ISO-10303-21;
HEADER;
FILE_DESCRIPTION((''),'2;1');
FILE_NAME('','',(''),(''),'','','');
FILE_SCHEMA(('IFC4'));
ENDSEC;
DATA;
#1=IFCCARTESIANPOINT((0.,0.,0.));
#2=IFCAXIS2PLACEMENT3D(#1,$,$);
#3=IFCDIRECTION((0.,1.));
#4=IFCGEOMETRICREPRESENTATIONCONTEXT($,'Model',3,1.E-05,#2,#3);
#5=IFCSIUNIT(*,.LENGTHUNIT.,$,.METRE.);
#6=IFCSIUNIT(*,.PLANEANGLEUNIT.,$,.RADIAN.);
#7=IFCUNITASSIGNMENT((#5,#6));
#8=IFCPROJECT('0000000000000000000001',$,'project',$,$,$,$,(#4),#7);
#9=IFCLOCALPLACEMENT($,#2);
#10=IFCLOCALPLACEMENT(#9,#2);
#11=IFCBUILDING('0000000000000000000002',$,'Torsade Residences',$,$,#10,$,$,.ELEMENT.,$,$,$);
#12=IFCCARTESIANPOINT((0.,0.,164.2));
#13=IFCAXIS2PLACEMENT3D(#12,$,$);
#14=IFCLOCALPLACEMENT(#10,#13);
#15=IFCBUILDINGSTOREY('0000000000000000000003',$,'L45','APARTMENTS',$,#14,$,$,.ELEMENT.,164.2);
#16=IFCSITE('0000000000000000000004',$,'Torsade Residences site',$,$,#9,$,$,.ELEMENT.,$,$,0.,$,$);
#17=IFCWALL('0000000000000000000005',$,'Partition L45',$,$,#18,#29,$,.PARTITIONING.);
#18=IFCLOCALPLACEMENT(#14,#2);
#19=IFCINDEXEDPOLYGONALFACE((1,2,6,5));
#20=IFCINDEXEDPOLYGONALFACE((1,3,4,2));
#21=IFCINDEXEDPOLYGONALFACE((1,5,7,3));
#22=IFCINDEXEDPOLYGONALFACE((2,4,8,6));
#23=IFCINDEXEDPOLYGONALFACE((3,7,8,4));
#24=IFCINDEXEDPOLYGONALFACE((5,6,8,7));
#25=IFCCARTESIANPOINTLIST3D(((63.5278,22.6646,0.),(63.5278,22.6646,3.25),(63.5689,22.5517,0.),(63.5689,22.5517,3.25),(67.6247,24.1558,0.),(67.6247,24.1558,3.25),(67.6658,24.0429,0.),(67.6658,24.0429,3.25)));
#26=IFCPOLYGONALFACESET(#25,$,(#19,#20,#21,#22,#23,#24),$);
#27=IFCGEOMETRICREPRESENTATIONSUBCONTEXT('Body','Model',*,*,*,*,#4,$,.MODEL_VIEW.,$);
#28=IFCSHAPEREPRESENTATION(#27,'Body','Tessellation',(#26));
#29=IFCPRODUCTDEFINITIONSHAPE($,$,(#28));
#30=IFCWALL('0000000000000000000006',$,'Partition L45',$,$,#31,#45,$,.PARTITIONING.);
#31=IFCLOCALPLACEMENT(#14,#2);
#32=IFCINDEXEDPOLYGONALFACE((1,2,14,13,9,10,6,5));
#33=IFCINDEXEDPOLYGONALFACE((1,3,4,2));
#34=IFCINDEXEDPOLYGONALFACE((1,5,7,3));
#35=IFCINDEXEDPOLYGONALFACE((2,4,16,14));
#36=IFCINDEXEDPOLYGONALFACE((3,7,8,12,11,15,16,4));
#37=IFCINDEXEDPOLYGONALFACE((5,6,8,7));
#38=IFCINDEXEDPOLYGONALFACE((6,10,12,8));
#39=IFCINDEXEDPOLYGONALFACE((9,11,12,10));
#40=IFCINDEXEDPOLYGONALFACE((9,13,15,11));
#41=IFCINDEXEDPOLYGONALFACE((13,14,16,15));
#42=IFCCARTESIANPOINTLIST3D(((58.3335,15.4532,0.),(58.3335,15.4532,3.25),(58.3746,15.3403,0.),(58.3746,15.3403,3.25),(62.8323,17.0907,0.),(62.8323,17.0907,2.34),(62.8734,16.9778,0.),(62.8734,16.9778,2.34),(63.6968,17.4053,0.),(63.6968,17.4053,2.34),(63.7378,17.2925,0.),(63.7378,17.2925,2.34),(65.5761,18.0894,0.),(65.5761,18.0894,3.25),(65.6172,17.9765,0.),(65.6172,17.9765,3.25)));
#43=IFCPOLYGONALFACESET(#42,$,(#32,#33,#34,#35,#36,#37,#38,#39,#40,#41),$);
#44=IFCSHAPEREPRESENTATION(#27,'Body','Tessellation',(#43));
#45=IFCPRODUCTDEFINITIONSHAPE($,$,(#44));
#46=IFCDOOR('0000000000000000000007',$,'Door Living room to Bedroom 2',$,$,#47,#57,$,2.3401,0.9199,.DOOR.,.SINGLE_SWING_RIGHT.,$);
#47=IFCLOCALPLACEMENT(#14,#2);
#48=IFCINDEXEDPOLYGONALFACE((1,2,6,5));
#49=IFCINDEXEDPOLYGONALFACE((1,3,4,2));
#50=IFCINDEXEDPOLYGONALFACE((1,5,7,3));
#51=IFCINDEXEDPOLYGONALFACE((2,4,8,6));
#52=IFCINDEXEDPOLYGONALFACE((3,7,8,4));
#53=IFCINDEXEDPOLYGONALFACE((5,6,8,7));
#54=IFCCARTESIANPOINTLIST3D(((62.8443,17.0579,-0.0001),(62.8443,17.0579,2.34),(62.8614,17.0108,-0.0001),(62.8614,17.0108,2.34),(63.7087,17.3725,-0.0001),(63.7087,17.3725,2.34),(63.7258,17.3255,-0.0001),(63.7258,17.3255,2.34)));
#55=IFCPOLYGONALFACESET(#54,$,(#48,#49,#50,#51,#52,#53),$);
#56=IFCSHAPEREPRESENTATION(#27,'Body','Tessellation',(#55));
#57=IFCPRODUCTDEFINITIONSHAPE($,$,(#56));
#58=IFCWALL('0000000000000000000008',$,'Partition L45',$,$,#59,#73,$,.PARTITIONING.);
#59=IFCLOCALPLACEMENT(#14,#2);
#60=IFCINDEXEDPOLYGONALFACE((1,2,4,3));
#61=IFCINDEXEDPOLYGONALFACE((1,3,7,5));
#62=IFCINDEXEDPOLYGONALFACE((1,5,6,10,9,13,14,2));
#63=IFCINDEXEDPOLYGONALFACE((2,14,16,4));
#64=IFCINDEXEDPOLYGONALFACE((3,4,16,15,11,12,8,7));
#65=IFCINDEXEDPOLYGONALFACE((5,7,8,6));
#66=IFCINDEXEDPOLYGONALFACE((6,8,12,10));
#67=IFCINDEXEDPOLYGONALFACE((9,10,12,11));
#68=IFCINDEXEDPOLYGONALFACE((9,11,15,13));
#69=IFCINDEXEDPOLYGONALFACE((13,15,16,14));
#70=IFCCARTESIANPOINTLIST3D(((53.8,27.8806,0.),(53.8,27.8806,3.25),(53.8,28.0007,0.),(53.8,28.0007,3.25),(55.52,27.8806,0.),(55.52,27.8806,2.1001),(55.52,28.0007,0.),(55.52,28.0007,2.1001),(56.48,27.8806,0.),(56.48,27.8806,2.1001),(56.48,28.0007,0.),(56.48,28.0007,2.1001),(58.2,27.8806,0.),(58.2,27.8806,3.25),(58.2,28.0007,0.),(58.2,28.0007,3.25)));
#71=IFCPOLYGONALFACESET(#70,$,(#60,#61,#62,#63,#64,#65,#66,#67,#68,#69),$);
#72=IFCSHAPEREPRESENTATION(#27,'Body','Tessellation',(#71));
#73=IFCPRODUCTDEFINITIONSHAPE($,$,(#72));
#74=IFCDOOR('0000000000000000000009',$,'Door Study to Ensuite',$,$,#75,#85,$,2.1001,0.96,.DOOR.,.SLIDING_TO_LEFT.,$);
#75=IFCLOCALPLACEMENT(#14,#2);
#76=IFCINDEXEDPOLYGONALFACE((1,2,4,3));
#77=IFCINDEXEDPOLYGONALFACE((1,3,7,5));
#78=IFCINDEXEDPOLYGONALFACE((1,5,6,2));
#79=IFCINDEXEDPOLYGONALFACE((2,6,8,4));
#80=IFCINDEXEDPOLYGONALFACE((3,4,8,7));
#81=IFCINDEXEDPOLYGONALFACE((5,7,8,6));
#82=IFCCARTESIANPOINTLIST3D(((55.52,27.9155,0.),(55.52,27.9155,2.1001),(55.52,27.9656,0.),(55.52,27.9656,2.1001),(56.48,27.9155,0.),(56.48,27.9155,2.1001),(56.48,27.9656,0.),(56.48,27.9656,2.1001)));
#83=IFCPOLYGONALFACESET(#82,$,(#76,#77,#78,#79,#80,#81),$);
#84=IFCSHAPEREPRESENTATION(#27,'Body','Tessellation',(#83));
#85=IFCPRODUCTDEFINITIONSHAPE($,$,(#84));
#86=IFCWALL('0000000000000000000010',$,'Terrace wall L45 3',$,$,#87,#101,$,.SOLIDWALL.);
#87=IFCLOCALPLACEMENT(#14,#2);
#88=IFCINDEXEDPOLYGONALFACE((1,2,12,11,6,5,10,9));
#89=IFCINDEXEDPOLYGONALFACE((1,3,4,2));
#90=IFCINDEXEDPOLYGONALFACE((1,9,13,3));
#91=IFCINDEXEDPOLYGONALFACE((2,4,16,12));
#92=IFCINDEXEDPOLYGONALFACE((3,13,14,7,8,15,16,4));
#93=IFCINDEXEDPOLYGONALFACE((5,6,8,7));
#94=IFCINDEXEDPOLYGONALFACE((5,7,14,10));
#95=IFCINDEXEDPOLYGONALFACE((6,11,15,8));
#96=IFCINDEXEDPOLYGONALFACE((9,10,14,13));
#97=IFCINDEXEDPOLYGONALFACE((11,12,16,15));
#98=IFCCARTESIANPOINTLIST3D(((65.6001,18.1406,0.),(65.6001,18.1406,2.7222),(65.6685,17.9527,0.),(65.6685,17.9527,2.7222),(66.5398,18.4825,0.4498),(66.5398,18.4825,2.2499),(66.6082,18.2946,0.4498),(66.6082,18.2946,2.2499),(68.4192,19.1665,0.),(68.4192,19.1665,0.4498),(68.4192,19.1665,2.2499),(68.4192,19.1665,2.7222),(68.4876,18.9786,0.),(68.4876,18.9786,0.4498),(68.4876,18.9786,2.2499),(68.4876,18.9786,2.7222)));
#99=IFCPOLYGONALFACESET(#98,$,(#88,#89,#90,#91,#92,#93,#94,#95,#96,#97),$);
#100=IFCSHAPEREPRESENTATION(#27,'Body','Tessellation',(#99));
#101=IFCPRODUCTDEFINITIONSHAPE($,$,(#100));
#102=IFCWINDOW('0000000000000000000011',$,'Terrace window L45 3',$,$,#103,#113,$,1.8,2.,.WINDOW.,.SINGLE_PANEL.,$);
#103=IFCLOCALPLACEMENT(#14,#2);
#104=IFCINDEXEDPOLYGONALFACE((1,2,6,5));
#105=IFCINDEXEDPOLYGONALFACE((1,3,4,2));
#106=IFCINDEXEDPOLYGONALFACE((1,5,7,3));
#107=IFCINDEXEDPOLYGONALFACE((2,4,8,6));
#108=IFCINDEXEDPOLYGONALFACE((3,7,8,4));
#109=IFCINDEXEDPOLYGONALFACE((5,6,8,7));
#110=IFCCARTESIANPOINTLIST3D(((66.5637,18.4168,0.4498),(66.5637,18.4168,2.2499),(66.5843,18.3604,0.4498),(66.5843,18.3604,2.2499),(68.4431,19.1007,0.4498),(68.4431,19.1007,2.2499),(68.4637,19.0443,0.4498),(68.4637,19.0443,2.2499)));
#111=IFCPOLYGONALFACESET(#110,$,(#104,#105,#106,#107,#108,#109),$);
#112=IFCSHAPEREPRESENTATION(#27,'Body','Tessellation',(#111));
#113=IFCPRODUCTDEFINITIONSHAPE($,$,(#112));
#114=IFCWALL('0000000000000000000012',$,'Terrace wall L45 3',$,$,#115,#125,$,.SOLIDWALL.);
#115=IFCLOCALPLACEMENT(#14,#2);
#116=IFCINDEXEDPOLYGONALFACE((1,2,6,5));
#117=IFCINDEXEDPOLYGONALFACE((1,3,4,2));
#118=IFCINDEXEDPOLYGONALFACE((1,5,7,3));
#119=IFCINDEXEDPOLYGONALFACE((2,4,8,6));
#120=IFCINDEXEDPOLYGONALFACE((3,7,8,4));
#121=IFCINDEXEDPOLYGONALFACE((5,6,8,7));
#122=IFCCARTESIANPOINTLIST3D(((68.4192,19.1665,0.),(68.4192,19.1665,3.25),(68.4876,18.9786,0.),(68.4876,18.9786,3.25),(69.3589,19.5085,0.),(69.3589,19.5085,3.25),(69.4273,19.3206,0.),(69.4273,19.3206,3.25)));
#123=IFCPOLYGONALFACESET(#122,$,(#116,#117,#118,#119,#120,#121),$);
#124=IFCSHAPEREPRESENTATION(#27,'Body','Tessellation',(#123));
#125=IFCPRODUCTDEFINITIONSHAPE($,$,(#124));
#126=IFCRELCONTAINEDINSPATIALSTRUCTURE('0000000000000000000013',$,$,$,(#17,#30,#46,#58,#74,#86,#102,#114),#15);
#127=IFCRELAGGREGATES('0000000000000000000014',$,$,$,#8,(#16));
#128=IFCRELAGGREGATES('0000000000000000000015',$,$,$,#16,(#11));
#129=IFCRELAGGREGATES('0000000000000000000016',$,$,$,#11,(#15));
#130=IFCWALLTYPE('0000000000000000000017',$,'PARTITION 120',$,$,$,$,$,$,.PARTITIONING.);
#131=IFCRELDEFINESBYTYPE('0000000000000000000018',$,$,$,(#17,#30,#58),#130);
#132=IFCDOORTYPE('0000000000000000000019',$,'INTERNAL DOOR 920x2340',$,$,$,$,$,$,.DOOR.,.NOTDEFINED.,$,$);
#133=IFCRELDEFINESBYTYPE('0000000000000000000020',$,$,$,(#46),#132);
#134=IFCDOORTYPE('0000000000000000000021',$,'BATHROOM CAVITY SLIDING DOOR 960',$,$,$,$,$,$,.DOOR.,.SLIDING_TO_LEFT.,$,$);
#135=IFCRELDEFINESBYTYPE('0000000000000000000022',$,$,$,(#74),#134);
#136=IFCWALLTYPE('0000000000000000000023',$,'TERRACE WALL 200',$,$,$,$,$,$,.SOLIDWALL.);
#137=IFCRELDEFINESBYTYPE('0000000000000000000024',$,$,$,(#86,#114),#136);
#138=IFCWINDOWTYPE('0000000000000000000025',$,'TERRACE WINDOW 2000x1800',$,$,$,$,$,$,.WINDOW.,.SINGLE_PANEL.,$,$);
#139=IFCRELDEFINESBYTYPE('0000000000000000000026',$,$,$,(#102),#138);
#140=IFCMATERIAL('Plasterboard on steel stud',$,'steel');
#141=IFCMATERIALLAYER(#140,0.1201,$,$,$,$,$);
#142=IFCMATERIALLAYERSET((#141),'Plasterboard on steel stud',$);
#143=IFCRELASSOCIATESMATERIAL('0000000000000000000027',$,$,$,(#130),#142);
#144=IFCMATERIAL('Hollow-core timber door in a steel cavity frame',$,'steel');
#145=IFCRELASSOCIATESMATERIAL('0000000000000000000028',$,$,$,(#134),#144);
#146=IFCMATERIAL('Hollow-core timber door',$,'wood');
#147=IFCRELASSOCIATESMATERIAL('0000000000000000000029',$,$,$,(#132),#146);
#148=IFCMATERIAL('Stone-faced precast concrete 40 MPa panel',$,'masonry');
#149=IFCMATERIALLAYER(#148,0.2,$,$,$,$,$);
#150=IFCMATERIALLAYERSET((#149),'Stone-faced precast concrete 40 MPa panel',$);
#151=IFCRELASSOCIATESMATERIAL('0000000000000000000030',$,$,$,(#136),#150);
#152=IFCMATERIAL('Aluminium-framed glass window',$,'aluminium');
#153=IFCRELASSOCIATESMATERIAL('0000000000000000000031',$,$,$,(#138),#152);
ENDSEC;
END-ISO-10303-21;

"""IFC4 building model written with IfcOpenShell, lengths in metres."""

from ifc_helpers import new_model, si_unit, direction, frame, frame_2d, origin, place, context, subcontext, project, spatial, rectangle, extrude, material, layer, layer_set, type_object, element, fill, save


model = new_model("IFC4")

# Units and contexts
model_context = context("Model", 3, precision=1e-05, world=origin(), true_north=direction((0.0, 1.0)))
body_context = subcontext(model_context, "Body", "Model", "MODEL_VIEW")
ifc_project = project(units=[si_unit("LENGTHUNIT", "METRE"), si_unit("PLANEANGLEUNIT", "RADIAN")], contexts=[model_context])

# Site, building, storey
site_placement = place(None, origin())
site = spatial("IfcSite", under=ifc_project, at=site_placement, Name="Torsade Residences site", CompositionType="ELEMENT", RefElevation=0.0)
building_placement = place(site_placement, origin())
building = spatial("IfcBuilding", under=site, at=building_placement, Name="Torsade Residences", CompositionType="ELEMENT")
storey_placement = place(building_placement, frame((0.0, 0.0, 164.2)))
storey = spatial("IfcBuildingStorey", under=building, at=storey_placement, Name="L45", Description="APARTMENTS", CompositionType="ELEMENT", Elevation=164.2)

# Shared definitions
ifc_material_1 = material(Name="Plasterboard on steel stud", Category="steel")
ifc_layer_1 = layer(ifc_material_1, 0.1201)
ifc_layer_set_1 = layer_set([ifc_layer_1], Name="Plasterboard on steel stud")
wall_type_1 = type_object("IfcWallType", Name="PARTITION 120", PredefinedType="PARTITIONING", material=ifc_layer_set_1)
ifc_material_2 = material(Name="Hollow-core timber door in a steel cavity frame", Category="steel")
door_type_1 = type_object("IfcDoorType", Name="BATHROOM CAVITY SLIDING DOOR 960", OperationType="SLIDING_TO_LEFT", PredefinedType="DOOR", material=ifc_material_2)
ifc_material_3 = material(Name="Hollow-core timber door", Category="wood")
door_type_2 = type_object("IfcDoorType", Name="INTERNAL DOOR 920x2340", OperationType="NOTDEFINED", PredefinedType="DOOR", material=ifc_material_3)

# Wall
wall_1_placement = place(storey_placement, frame((63.5483, 22.6082, 0.0), z_axis=(0.0, 0.0, 1.0), x_axis=(0.939689, 0.342031, 0.0)))
element("IfcWall", 1, at=wall_1_placement, inside=storey, type_object=wall_type_1, Name="Partition L45", PredefinedType="PARTITIONING", context=body_context, shape_type="SweptSolid", body=[
    extrude(rectangle(XDim=4.3599, YDim=0.1201, at=frame_2d((2.1799, 0.0))), origin(), (0.0, 0.0, 1.0), 3.25),
])

# Walls, openings, doors
wall_2_placement = place(storey_placement, frame((65.5967, 18.033, 0.0), z_axis=(0.0, 0.0, 1.0), x_axis=(-0.939688, -0.342033, 0.0)))
wall_2 = element("IfcWall", 2, at=wall_2_placement, inside=storey, type_object=wall_type_1, Name="Partition L45", PredefinedType="PARTITIONING", context=body_context, shape_type="SweptSolid", body=[
    extrude(rectangle(XDim=7.7075, YDim=0.1201, at=frame_2d((3.8538, 0.0))), origin(), (0.0, 0.0, 1.0), 3.25),
])
opening_1_placement = place(wall_2_placement, frame((2.0, 0.0, 0.0)))
opening_1 = element("IfcOpeningElement", 3, at=opening_1_placement, cuts=wall_2, PredefinedType="OPENING", context=body_context, shape_type="SweptSolid", body=[
    extrude(rectangle(XDim=0.9199, YDim=2.3401, at=frame_2d((0.46, 1.1699))), frame((0.0, 0.0701, 0.0), z_axis=(0.0, -1.0, 0.0), x_axis=(1.0, 0.0, 0.0)), (0.0, 0.0, 1.0), 0.1401),
])
door_1_placement = place(opening_1_placement, origin())
door_1 = element("IfcDoor", 4, at=door_1_placement, inside=storey, type_object=door_type_2, Name="Door Living room to Bedroom 2", OperationType="SINGLE_SWING_RIGHT", OverallHeight=2.3401, OverallWidth=0.9199, PredefinedType="DOOR", context=body_context, shape_type="SweptSolid", body=[
    extrude(rectangle(XDim=0.9199, YDim=2.3401, at=frame_2d((0.46, 1.1699))), frame((0.0, 0.0249, 0.0), z_axis=(0.0, -1.0, 0.0), x_axis=(1.0, 0.0, 0.0)), (0.0, 0.0, 1.0), 0.05),
])
fill(opening_1, door_1)
wall_3_placement = place(storey_placement, frame((53.8, 27.9407, 0.0), z_axis=(0.0, 0.0, 1.0), x_axis=(1.0, 0.0, 0.0)))
wall_3 = element("IfcWall", 5, at=wall_3_placement, inside=storey, type_object=wall_type_1, Name="Partition L45", PredefinedType="PARTITIONING", context=body_context, shape_type="SweptSolid", body=[
    extrude(rectangle(XDim=4.3999, YDim=0.1201, at=frame_2d((2.2, 0.0))), origin(), (0.0, 0.0, 1.0), 3.25),
])
opening_2_placement = place(wall_3_placement, frame((1.72, 0.0, 0.0)))
opening_2 = element("IfcOpeningElement", 6, at=opening_2_placement, cuts=wall_3, PredefinedType="OPENING", context=body_context, shape_type="SweptSolid", body=[
    extrude(rectangle(XDim=0.96, YDim=2.1001, at=frame_2d((0.48, 1.05))), frame((0.0, 0.0701, 0.0), z_axis=(0.0, -1.0, 0.0), x_axis=(1.0, 0.0, 0.0)), (0.0, 0.0, 1.0), 0.1401),
])
door_2_placement = place(opening_2_placement, origin())
door_2 = element("IfcDoor", 7, at=door_2_placement, inside=storey, type_object=door_type_1, Name="Door Study to Ensuite", OperationType="SLIDING_TO_LEFT", OverallHeight=2.1001, OverallWidth=0.96, PredefinedType="DOOR", context=body_context, shape_type="SweptSolid", body=[
    extrude(rectangle(XDim=0.96, YDim=2.1001, at=frame_2d((0.48, 1.05))), frame((0.0, 0.0249, 0.0), z_axis=(0.0, -1.0, 0.0), x_axis=(1.0, 0.0, 0.0)), (0.0, 0.0, 1.0), 0.05),
])
fill(opening_2, door_2)

# Wall, opening, window
ifc_material_4 = material(Name="Stone-faced precast concrete 40 MPa panel", Category="masonry")
ifc_layer_2 = layer(ifc_material_4, 0.2)
ifc_layer_set_2 = layer_set([ifc_layer_2], Name="Stone-faced precast concrete 40 MPa panel")
wall_type_2 = type_object("IfcWallType", Name="TERRACE WALL 200", PredefinedType="SOLIDWALL", material=ifc_layer_set_2)
wall_4_placement = place(storey_placement, frame((65.6343, 18.0466, 0.0), z_axis=(0.0, 0.0, 1.0), x_axis=(0.939713, 0.341965, 0.0)))
wall_4 = element("IfcWall", 8, at=wall_4_placement, inside=storey, type_object=wall_type_2, Name="Terrace wall L45 3", PredefinedType="SOLIDWALL", context=body_context, shape_type="SweptSolid", body=[
    extrude(rectangle(XDim=3.0, YDim=0.2, at=frame_2d((1.5, 0.0))), origin(), (0.0, 0.0, 1.0), 2.7222),
])
opening_3_placement = place(wall_4_placement, frame((1.0, 0.0, 0.45)))
opening_3 = element("IfcOpeningElement", 9, at=opening_3_placement, cuts=wall_4, PredefinedType="OPENING", context=body_context, shape_type="SweptSolid", body=[
    extrude(rectangle(XDim=2.0, YDim=1.8, at=frame_2d((1.0, 0.8999))), frame((0.0, 0.1099, 0.0), z_axis=(0.0, -1.0, 0.0), x_axis=(1.0, 0.0, 0.0)), (0.0, 0.0, 1.0), 0.22),
])
ifc_material_5 = material(Name="Aluminium-framed glass window", Category="aluminium")
window_type = type_object("IfcWindowType", Name="TERRACE WINDOW 2000x1800", PartitioningType="SINGLE_PANEL", PredefinedType="WINDOW", material=ifc_material_5)
window_placement = place(opening_3_placement, origin())
window = element("IfcWindow", 10, at=window_placement, inside=storey, type_object=window_type, Name="Terrace window L45 3", OverallHeight=1.8, OverallWidth=2.0, PartitioningType="SINGLE_PANEL", PredefinedType="WINDOW", context=body_context, shape_type="SweptSolid", body=[
    extrude(rectangle(XDim=2.0, YDim=1.8, at=frame_2d((1.0, 0.8999))), frame((0.0, 0.03, 0.0), z_axis=(0.0, -1.0, 0.0), x_axis=(1.0, 0.0, 0.0)), (0.0, 0.0, 1.0), 0.0601),
])
fill(opening_3, window)

# Wall
wall_5_placement = place(storey_placement, frame((68.4534, 19.0725, 0.0), z_axis=(0.0, 0.0, 1.0), x_axis=(0.939686, 0.342037, 0.0)))
element("IfcWall", 11, at=wall_5_placement, inside=storey, type_object=wall_type_2, Name="Terrace wall L45 3", PredefinedType="SOLIDWALL", context=body_context, shape_type="SweptSolid", body=[
    extrude(rectangle(XDim=1.0, YDim=0.2, at=frame_2d((0.5, 0.0))), origin(), (0.0, 0.0, 1.0), 3.25),
])

save(model, "model.ifc")
